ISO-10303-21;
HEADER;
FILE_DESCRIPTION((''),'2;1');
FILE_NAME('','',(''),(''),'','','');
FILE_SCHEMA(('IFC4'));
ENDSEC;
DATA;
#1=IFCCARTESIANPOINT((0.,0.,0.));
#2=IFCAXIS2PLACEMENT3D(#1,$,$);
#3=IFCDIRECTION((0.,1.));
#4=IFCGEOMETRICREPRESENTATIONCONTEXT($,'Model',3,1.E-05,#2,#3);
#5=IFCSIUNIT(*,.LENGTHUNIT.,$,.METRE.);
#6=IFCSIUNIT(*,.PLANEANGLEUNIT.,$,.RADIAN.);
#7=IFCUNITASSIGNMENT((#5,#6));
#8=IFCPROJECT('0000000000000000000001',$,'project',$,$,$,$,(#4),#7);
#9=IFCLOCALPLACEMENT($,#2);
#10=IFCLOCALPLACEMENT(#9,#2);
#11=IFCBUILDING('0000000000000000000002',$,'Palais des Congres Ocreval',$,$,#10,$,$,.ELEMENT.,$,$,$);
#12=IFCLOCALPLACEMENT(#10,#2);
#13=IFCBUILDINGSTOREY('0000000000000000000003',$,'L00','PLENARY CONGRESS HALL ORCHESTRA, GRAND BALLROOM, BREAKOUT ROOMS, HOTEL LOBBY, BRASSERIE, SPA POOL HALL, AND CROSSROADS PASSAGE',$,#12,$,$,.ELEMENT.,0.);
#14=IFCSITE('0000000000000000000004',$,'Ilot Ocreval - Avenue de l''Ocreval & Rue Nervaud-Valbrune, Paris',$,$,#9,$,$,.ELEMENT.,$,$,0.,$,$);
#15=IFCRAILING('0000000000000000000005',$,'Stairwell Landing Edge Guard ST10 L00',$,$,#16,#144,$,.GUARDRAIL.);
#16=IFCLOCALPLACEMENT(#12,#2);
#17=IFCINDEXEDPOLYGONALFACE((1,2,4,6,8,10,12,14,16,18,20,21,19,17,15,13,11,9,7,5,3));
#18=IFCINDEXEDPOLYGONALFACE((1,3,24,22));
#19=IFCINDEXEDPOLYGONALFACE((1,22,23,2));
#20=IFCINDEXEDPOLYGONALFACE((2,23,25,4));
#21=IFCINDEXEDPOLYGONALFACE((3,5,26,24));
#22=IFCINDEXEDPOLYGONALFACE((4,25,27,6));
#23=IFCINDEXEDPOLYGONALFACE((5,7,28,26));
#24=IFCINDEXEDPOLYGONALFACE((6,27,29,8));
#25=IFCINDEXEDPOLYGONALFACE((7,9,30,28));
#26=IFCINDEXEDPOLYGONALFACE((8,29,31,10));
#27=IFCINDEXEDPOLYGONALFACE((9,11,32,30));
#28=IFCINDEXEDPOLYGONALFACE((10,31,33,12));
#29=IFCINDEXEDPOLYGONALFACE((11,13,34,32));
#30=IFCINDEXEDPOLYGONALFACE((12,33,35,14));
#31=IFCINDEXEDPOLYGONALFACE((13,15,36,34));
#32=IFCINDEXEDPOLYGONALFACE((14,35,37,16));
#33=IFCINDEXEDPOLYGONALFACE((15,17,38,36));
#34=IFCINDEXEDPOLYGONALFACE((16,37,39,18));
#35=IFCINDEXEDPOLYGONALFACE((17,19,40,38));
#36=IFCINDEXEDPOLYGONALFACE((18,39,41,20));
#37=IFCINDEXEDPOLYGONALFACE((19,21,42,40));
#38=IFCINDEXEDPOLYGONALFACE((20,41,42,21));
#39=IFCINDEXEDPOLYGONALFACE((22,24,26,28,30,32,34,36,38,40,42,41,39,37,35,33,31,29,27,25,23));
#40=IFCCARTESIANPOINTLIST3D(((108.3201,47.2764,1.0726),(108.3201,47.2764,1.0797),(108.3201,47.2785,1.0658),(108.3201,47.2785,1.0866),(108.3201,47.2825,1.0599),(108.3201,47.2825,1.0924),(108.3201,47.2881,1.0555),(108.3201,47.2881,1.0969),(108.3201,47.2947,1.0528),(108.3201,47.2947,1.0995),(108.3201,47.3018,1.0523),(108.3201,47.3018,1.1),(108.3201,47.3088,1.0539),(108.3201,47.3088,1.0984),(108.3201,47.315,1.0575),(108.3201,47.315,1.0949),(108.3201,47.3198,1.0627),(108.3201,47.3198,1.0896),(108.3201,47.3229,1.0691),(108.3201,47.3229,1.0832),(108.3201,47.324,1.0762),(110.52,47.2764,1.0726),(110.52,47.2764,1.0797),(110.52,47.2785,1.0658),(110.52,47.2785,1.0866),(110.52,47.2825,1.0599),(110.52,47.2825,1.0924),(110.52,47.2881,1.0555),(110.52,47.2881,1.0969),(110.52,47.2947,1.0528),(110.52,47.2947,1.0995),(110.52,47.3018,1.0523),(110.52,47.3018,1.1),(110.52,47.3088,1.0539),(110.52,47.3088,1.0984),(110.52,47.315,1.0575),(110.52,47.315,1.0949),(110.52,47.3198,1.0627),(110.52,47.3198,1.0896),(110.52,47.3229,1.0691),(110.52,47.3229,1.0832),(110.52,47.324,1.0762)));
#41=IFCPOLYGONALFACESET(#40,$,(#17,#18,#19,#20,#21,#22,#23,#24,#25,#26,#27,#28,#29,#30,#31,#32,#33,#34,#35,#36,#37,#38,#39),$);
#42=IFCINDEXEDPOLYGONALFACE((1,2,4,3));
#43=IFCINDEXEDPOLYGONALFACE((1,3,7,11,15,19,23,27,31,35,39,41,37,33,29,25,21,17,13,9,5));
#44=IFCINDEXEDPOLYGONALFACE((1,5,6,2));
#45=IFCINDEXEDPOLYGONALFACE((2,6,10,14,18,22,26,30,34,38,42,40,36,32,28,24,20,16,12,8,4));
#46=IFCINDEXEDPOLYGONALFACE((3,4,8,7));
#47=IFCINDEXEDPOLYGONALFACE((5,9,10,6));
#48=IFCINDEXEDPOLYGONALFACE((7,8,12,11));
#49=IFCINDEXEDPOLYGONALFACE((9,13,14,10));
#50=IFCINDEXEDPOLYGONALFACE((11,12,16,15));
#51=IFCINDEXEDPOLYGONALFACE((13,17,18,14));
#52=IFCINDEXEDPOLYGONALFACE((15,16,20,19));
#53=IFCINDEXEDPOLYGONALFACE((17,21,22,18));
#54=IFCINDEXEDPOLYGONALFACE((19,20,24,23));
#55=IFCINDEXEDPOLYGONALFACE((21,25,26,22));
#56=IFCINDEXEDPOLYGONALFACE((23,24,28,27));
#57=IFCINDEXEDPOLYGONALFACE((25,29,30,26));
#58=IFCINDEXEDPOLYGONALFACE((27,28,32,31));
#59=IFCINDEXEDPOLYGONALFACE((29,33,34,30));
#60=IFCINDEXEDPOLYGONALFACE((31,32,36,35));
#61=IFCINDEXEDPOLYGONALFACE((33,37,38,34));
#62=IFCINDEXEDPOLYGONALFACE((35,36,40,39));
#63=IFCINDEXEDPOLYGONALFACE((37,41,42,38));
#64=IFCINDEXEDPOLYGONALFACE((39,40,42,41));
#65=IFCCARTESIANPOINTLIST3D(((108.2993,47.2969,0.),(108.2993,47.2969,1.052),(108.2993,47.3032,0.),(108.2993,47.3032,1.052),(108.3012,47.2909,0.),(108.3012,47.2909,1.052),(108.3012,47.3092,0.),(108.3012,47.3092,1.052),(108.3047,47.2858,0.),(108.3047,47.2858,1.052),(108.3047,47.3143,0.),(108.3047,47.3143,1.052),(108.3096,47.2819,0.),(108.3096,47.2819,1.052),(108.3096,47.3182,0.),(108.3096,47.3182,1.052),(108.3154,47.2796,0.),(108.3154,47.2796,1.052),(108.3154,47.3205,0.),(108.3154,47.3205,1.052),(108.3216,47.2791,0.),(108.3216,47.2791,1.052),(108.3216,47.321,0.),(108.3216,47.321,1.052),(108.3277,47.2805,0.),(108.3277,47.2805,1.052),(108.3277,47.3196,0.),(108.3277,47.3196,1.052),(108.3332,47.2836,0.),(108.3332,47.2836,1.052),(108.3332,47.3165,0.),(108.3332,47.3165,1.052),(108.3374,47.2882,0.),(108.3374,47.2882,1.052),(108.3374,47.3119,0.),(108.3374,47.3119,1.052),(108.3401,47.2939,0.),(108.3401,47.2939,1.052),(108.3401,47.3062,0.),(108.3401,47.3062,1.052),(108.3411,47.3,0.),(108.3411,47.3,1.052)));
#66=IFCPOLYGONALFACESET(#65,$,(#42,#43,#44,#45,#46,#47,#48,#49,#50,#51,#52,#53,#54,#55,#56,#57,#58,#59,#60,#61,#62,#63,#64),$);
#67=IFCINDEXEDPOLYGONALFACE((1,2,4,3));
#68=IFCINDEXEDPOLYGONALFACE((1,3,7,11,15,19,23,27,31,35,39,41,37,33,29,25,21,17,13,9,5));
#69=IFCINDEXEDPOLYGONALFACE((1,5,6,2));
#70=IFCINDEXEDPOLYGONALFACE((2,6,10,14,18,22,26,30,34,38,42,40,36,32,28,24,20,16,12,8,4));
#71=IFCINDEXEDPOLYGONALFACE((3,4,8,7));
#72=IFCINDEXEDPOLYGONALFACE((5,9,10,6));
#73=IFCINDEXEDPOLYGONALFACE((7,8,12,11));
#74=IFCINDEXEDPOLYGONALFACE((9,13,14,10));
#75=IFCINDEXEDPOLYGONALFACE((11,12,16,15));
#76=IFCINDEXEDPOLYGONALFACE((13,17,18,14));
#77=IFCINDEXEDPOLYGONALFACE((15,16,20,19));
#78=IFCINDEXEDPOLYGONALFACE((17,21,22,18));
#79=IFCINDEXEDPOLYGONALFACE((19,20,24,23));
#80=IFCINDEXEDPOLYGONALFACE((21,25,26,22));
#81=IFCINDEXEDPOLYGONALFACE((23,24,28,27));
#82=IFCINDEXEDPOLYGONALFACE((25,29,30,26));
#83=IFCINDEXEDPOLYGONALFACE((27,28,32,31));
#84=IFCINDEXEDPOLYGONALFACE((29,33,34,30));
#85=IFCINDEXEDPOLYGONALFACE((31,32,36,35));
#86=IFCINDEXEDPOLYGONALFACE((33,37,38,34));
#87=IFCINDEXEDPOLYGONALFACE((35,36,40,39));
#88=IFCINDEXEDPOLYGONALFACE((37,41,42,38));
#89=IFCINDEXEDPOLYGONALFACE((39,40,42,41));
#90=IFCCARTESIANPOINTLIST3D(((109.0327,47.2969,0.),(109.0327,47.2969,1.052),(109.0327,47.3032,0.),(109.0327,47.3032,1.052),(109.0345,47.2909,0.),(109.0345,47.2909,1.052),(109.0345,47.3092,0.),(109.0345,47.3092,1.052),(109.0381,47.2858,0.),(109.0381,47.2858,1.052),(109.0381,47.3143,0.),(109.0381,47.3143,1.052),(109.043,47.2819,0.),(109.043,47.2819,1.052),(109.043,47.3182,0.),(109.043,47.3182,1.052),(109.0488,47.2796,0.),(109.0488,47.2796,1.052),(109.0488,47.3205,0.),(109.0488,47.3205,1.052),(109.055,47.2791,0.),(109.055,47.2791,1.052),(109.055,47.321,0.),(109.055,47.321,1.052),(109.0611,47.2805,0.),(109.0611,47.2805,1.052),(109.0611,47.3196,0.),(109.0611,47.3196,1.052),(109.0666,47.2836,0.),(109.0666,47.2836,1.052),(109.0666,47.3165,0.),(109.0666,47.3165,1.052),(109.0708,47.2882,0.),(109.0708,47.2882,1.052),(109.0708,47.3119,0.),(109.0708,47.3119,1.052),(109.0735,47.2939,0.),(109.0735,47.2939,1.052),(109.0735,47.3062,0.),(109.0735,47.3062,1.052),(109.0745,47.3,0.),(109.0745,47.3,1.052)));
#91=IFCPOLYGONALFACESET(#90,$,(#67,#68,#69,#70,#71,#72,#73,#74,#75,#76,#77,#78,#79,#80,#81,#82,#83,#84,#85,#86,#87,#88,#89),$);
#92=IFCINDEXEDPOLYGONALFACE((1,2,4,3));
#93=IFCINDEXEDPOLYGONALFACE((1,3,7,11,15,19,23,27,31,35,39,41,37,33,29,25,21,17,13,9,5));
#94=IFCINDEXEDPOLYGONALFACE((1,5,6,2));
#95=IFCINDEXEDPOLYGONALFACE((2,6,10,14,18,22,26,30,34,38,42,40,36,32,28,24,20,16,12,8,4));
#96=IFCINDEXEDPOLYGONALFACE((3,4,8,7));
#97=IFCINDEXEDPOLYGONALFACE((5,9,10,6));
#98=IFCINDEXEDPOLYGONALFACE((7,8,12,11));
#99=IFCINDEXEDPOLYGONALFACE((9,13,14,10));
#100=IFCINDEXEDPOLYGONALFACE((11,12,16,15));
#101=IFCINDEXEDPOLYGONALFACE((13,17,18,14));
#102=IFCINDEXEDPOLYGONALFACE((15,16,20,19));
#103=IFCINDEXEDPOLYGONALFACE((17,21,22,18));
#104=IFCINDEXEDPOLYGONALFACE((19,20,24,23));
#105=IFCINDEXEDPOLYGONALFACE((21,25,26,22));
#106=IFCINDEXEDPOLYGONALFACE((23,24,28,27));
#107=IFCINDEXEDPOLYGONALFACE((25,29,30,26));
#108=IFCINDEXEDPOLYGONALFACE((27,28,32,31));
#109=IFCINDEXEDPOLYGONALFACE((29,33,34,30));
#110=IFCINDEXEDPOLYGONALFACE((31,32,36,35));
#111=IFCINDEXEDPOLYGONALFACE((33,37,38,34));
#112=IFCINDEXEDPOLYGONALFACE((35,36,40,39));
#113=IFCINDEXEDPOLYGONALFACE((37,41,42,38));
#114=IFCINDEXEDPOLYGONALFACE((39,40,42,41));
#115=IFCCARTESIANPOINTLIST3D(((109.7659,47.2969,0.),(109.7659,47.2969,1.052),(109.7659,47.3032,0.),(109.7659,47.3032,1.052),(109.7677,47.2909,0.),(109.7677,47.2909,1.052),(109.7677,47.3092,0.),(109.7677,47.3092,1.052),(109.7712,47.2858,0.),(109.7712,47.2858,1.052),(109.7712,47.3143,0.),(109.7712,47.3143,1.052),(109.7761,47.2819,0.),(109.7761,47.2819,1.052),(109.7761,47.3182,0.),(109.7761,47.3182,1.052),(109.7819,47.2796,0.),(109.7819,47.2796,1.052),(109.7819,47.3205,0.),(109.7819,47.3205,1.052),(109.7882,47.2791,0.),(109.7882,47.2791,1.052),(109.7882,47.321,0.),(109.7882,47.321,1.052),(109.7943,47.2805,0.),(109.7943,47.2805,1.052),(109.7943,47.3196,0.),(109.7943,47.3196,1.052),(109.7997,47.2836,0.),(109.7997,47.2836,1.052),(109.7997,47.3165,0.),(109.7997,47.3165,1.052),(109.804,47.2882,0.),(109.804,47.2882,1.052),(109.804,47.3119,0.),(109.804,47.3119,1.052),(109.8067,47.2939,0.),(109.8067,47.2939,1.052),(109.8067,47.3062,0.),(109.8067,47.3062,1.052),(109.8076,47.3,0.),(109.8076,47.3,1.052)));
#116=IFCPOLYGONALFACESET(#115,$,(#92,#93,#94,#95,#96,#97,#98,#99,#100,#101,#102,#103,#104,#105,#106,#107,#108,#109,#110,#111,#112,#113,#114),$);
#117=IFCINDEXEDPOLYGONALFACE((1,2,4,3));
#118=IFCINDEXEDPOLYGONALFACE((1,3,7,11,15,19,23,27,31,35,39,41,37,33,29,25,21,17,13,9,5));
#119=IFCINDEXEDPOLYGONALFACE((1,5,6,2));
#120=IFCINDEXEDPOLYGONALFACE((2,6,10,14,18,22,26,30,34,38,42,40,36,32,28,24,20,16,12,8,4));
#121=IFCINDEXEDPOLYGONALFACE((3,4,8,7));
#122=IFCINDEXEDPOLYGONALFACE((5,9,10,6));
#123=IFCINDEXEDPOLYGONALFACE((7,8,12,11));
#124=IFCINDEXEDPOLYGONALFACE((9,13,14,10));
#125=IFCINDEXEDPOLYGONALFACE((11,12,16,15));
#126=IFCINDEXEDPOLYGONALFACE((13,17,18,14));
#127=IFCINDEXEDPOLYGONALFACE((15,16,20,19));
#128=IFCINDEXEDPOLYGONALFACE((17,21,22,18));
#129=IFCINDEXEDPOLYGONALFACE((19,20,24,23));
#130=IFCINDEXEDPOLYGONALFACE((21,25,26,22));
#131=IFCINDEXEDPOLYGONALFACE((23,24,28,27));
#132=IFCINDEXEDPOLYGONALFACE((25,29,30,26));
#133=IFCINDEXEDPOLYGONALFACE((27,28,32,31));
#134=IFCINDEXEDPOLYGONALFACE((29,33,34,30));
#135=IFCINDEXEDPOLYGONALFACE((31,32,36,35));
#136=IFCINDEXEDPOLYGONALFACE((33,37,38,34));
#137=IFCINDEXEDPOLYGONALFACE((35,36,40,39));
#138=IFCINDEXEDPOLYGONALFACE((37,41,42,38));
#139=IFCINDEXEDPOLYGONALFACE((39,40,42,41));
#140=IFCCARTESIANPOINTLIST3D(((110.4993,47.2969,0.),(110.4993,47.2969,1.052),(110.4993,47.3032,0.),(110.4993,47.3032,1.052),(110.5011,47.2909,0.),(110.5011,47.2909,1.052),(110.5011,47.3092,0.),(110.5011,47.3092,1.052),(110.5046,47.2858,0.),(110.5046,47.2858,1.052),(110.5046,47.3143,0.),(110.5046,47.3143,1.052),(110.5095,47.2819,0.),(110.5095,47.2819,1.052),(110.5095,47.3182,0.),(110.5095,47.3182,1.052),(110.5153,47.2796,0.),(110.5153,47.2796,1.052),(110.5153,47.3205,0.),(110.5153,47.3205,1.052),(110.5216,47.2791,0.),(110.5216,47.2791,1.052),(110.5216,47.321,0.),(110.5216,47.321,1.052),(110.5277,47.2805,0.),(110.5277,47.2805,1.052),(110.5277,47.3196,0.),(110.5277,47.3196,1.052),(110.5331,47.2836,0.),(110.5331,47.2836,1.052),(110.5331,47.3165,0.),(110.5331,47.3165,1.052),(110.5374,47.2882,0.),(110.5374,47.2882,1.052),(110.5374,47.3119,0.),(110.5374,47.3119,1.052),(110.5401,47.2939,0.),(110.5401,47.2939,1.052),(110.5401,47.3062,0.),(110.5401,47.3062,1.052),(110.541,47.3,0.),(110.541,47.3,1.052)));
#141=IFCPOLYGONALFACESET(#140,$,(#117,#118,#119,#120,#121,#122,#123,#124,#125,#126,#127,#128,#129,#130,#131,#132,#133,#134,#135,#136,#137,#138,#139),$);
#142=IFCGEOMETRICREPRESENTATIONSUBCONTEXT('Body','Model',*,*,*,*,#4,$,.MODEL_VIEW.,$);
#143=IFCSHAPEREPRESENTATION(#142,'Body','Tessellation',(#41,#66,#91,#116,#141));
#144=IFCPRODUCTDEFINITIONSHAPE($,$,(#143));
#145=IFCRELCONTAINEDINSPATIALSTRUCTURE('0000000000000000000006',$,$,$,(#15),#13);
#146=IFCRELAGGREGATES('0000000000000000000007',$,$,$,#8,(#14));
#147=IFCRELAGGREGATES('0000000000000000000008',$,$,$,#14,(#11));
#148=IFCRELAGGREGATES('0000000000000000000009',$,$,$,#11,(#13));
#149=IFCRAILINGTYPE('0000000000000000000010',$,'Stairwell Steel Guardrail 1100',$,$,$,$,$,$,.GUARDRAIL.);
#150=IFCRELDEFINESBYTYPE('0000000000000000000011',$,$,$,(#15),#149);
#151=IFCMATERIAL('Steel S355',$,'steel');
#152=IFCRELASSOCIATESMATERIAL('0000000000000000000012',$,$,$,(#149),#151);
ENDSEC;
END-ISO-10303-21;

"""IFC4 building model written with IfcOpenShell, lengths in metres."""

from ifc_helpers import new_model, si_unit, direction, frame, origin, origin_2d, place, context, subcontext, project, spatial, circle, extrude, material, type_object, element, save


model = new_model("IFC4")

# Units and contexts
model_context = context("Model", 3, precision=1e-05, world=origin(), true_north=direction((0.0, 1.0)))
body_context = subcontext(model_context, "Body", "Model", "MODEL_VIEW")
ifc_project = project(units=[si_unit("LENGTHUNIT", "METRE"), si_unit("PLANEANGLEUNIT", "RADIAN")], contexts=[model_context])

# Site, building, storey
site_placement = place(None, origin())
site = spatial("IfcSite", under=ifc_project, at=site_placement, Name="Ilot Ocreval - Avenue de l'Ocreval & Rue Nervaud-Valbrune, Paris", CompositionType="ELEMENT", RefElevation=0.0)
building_placement = place(site_placement, origin())
building = spatial("IfcBuilding", under=site, at=building_placement, Name="Palais des Congres Ocreval", CompositionType="ELEMENT")
storey_placement = place(building_placement, origin())
storey = spatial("IfcBuildingStorey", under=building, at=storey_placement, Name="L00", Description="PLENARY CONGRESS HALL ORCHESTRA, GRAND BALLROOM, BREAKOUT ROOMS, HOTEL LOBBY, BRASSERIE, SPA POOL HALL, AND CROSSROADS PASSAGE", CompositionType="ELEMENT", Elevation=0.0)

# Shared definitions
ifc_material_1 = material(Name="Steel S355", Category="steel")

# Railing
railing_type_1 = type_object("IfcRailingType", Name="Stairwell Steel Guardrail 1100", PredefinedType="GUARDRAIL", material=ifc_material_1)
railing_1_placement = place(storey_placement, frame((108.3201, 47.3, 0.0)))
element("IfcRailing", 1, at=railing_1_placement, inside=storey, type_object=railing_type_1, Name="Stairwell Landing Edge Guard ST10 L00", PredefinedType="GUARDRAIL", context=body_context, shape_type="SweptSolid", body=[
    extrude(circle(Radius=0.0239, at=origin_2d()), frame((0.0, 0.0, 1.0762), z_axis=(1.0, 0.0, 0.0), x_axis=(0.0, 1.0, 0.0)), (0.0, 0.0, 1.0), 2.2),
    extrude(circle(Radius=0.021, at=origin_2d()), origin(), (0.0, 0.0, 1.0), 1.052),
    extrude(circle(Radius=0.021, at=origin_2d()), frame((0.7334, 0.0, 0.0)), (0.0, 0.0, 1.0), 1.052),
    extrude(circle(Radius=0.021, at=origin_2d()), frame((1.4666, 0.0, 0.0)), (0.0, 0.0, 1.0), 1.052),
    extrude(circle(Radius=0.021, at=origin_2d()), frame((2.2, 0.0, 0.0)), (0.0, 0.0, 1.0), 1.052),
])

save(model, "model.ifc")
